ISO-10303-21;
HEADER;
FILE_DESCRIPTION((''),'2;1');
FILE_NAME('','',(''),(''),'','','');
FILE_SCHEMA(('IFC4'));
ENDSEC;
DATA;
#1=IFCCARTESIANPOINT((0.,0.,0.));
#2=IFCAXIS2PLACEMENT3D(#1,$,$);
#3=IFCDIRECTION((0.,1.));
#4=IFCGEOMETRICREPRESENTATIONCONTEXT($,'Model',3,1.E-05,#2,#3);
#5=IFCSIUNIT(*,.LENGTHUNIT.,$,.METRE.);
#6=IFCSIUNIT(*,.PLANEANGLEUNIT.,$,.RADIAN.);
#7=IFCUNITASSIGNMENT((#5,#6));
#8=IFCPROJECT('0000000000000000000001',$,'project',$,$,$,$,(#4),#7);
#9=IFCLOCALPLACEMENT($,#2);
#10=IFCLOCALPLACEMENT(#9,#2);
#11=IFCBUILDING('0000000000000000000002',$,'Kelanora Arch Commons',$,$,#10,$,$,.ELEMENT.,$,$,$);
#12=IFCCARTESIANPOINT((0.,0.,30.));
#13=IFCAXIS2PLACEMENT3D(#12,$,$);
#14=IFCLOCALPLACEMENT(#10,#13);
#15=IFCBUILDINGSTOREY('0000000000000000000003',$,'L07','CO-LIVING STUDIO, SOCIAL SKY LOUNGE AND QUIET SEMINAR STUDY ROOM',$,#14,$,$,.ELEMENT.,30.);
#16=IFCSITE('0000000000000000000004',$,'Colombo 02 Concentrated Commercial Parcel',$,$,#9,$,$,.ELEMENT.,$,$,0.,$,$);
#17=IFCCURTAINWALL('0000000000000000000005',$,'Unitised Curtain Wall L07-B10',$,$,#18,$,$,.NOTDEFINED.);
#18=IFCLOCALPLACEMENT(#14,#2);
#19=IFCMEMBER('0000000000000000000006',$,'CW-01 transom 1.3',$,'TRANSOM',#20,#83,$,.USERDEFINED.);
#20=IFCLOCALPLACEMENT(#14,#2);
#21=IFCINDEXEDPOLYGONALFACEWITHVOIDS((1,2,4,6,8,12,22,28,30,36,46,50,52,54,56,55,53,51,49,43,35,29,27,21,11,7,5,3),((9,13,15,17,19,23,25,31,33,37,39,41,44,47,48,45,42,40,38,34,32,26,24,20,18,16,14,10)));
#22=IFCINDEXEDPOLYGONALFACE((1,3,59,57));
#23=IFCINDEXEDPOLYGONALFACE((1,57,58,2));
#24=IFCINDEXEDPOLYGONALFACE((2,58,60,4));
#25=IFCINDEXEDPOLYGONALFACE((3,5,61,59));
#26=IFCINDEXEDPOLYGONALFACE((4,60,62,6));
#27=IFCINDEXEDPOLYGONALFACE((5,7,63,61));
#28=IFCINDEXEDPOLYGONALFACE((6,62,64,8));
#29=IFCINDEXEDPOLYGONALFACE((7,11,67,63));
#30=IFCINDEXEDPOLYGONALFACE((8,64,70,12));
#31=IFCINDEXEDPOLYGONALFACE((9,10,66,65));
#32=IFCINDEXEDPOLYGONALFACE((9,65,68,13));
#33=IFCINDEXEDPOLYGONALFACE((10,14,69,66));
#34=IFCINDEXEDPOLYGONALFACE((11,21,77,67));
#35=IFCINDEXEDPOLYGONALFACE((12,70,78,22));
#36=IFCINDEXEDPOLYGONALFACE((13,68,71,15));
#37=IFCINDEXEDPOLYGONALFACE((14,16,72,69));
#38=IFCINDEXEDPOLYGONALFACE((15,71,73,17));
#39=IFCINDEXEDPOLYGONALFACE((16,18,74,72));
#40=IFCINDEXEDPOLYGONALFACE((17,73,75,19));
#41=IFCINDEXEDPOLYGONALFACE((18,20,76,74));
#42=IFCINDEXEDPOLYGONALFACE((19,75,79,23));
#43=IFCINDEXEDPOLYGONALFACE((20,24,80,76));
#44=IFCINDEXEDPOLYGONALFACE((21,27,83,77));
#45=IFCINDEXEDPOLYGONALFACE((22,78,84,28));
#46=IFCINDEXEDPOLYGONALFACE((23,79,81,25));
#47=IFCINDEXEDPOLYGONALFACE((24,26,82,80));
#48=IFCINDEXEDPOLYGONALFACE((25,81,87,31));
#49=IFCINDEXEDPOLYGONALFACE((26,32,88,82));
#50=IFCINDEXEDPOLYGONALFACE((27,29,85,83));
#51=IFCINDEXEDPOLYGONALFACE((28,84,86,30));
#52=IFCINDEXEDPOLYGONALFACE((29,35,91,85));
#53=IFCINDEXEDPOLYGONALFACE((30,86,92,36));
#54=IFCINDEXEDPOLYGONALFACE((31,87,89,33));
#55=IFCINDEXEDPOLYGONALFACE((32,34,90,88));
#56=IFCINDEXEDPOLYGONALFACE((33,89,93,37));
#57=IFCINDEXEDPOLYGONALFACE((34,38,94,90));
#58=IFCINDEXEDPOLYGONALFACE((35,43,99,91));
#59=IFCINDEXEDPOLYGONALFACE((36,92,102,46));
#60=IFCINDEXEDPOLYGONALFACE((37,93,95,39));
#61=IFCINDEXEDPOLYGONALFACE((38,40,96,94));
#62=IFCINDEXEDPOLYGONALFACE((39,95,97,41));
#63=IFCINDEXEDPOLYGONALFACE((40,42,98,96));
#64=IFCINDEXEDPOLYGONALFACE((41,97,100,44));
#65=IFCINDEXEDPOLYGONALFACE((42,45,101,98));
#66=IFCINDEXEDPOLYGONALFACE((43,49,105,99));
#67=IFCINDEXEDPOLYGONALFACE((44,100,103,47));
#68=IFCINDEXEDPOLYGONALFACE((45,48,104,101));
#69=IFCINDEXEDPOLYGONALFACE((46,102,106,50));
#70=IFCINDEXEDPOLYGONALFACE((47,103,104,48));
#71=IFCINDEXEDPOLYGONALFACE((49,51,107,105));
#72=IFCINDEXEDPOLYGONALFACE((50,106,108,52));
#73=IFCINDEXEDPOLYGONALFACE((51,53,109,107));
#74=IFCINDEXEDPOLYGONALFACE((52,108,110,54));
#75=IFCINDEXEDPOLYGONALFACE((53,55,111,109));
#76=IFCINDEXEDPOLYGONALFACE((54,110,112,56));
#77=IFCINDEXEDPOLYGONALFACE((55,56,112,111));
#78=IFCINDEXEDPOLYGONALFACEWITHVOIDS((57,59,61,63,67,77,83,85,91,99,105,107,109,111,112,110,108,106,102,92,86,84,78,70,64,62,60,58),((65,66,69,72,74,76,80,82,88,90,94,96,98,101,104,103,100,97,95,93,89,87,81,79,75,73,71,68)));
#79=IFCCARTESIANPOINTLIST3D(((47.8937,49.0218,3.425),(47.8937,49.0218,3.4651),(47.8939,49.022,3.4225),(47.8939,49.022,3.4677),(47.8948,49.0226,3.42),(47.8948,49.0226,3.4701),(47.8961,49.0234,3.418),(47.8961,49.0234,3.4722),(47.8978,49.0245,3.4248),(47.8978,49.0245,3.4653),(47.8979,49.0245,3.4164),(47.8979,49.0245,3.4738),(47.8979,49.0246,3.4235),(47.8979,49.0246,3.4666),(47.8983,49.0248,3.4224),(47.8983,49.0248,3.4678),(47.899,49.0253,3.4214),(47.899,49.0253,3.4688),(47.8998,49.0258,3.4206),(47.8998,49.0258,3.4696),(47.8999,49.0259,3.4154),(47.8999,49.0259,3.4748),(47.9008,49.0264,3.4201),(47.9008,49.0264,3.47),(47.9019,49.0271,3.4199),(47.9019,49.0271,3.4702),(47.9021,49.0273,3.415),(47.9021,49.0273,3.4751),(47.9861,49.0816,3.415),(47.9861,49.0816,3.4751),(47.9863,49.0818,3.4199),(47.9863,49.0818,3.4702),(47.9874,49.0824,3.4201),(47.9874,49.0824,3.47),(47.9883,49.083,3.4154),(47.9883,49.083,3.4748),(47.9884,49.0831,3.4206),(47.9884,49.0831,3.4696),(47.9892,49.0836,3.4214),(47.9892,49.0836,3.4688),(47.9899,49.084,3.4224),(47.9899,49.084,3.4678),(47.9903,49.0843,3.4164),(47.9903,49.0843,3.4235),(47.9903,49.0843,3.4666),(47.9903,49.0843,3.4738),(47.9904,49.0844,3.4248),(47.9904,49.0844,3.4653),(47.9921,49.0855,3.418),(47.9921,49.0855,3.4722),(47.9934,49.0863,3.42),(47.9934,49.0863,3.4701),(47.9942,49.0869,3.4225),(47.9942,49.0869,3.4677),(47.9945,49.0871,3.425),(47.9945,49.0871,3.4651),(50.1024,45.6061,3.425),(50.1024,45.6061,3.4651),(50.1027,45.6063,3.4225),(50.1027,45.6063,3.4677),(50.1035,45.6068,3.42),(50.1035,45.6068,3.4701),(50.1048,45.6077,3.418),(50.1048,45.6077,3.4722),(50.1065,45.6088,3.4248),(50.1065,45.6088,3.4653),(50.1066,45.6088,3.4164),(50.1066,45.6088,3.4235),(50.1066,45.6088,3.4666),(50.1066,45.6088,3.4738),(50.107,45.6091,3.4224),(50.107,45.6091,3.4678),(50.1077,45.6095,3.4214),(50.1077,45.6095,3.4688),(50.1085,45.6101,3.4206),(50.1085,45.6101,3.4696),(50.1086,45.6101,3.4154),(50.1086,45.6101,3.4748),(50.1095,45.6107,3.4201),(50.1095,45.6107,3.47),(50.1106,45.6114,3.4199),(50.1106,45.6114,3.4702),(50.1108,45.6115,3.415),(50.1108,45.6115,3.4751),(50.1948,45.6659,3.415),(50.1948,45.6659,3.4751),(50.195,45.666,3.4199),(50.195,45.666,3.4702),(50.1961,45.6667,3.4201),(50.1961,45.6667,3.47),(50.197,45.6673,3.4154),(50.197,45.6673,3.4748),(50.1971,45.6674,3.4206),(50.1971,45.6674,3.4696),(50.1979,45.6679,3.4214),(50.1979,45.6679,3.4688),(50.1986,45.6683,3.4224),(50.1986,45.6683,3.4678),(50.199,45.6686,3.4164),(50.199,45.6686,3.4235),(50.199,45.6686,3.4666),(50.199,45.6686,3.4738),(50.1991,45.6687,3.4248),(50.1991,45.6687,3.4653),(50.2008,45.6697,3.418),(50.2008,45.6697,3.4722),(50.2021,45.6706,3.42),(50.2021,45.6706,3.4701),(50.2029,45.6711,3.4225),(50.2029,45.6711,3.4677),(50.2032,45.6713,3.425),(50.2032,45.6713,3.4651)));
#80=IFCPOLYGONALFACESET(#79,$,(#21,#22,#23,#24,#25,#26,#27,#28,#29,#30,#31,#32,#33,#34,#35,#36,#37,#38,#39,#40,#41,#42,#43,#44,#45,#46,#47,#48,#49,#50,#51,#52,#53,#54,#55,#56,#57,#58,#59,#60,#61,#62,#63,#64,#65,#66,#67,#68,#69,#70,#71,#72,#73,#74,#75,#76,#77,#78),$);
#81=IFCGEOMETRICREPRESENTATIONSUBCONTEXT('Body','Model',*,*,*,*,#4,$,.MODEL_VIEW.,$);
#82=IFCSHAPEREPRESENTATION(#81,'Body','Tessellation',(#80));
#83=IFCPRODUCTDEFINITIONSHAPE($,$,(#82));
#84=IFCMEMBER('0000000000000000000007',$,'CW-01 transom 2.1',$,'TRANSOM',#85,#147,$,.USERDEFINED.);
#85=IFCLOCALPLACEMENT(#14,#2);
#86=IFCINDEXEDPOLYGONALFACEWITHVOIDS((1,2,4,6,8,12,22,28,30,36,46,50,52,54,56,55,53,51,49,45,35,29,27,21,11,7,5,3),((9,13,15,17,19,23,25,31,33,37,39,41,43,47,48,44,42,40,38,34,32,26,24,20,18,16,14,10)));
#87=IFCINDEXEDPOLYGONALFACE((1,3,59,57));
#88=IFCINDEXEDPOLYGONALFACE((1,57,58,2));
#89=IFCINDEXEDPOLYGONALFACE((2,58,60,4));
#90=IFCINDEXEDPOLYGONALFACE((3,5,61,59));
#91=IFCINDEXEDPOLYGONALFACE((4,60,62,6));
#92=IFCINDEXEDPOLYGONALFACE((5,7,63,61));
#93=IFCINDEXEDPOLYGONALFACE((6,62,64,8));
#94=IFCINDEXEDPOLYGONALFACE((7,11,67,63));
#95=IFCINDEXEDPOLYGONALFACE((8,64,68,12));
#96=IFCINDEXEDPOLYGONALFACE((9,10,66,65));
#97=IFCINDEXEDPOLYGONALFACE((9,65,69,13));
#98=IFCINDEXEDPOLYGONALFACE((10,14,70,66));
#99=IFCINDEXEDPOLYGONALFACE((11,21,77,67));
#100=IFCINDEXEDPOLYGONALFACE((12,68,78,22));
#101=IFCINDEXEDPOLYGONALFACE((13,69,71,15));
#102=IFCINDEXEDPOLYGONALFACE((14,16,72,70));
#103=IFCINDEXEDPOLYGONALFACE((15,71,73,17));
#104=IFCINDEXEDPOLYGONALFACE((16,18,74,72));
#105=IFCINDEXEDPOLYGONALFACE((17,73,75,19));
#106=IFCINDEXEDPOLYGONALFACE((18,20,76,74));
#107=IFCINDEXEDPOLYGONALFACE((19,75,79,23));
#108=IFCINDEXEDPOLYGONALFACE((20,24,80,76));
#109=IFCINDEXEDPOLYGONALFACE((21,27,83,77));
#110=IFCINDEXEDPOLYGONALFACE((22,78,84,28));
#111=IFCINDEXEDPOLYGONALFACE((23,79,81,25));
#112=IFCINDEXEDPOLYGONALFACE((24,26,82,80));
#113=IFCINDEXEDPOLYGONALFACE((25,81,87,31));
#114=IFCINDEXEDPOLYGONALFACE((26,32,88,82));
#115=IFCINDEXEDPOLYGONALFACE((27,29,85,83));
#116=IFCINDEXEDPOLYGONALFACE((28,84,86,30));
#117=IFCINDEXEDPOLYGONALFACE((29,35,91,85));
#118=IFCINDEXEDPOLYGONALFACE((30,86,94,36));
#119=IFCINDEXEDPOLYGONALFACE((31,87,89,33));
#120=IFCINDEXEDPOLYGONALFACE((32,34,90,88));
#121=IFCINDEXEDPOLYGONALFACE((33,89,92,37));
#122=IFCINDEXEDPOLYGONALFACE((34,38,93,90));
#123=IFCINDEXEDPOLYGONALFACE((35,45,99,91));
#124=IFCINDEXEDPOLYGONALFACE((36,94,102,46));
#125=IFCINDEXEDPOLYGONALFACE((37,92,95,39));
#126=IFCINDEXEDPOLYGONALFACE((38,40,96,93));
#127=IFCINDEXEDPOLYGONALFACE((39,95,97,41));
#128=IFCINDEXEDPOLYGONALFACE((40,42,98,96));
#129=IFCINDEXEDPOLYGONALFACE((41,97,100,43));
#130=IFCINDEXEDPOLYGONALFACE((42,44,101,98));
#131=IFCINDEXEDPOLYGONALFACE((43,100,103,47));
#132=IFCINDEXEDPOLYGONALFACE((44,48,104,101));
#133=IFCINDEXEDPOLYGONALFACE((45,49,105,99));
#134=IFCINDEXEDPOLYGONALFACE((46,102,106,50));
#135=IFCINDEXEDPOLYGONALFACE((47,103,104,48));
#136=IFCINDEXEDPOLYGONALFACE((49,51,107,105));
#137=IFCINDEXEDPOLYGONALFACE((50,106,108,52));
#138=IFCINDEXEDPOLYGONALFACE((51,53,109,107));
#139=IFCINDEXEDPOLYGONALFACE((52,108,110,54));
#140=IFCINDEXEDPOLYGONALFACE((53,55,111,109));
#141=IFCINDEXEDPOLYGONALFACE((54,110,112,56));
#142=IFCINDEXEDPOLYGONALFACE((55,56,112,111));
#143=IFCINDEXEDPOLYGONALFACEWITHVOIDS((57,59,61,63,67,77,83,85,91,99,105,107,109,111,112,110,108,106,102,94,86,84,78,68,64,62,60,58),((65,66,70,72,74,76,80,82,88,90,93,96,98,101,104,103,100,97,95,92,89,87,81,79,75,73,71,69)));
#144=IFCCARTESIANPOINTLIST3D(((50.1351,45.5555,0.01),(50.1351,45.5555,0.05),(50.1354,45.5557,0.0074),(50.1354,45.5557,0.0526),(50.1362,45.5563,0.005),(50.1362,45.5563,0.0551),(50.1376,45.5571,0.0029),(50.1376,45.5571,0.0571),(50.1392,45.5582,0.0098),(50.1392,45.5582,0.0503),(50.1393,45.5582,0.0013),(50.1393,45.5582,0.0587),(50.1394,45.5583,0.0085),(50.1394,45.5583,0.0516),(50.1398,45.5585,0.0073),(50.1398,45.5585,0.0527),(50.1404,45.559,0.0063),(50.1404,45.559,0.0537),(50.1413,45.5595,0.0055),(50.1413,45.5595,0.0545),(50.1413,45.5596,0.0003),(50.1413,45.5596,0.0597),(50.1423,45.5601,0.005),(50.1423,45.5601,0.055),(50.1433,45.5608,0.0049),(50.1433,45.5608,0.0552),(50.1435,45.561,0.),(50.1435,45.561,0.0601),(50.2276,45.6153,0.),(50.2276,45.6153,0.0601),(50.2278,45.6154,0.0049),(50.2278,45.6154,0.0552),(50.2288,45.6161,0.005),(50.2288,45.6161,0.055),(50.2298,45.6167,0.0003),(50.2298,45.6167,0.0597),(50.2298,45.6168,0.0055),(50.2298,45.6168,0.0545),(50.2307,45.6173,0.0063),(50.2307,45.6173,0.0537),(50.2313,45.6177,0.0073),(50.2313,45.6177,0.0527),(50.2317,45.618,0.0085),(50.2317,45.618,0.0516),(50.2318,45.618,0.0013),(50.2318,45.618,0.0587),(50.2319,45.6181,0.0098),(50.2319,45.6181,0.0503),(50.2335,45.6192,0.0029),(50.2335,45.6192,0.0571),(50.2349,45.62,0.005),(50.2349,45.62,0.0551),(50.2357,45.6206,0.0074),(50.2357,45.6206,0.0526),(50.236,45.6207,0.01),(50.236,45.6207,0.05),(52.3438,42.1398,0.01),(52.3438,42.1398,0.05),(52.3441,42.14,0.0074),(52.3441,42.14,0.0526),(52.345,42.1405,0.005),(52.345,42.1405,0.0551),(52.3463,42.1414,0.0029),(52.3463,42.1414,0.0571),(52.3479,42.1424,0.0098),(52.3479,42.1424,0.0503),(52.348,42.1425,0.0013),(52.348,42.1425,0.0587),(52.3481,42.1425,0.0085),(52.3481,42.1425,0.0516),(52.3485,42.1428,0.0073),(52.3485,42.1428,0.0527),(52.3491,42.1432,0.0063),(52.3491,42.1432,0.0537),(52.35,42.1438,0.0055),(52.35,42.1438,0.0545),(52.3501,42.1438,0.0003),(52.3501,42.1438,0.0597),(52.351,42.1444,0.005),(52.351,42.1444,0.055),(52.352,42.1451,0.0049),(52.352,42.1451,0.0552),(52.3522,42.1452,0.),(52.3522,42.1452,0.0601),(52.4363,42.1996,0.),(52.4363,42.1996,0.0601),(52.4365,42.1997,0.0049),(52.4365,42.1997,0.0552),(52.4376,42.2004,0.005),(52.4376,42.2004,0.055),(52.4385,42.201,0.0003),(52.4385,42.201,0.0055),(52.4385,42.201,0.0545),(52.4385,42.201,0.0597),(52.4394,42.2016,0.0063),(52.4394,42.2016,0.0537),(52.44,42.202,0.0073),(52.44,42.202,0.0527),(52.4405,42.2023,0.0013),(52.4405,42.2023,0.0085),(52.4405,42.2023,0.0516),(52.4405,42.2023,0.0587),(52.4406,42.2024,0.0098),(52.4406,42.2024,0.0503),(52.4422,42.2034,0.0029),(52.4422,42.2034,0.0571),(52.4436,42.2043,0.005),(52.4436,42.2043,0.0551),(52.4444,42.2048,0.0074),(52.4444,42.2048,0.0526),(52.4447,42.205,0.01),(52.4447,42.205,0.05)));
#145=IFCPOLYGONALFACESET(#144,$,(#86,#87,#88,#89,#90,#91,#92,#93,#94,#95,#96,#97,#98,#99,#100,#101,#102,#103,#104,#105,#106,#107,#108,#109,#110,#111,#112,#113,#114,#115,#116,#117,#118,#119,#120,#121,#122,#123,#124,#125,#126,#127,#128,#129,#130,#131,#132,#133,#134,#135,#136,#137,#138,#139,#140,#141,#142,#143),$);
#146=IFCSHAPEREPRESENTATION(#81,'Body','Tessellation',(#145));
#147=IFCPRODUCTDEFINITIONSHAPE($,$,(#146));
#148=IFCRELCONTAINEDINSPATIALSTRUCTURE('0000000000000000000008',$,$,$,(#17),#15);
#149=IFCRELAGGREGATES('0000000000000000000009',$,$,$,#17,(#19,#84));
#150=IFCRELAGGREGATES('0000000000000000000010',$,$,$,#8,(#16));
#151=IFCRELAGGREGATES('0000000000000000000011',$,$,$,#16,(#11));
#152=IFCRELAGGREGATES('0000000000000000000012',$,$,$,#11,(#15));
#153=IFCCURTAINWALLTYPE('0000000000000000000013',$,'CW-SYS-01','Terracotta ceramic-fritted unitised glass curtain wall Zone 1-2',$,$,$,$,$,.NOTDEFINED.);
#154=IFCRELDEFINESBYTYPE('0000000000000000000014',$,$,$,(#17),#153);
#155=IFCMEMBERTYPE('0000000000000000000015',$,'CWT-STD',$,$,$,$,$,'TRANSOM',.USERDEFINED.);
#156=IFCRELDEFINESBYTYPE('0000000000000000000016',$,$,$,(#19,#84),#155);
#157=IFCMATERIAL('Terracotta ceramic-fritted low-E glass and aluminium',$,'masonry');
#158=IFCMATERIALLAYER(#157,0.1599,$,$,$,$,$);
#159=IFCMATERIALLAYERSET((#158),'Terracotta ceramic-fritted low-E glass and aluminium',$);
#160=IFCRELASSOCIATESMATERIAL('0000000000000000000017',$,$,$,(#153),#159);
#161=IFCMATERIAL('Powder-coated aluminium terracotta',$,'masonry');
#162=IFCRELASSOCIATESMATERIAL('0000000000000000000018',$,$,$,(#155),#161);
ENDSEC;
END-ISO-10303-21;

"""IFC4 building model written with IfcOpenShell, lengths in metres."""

from ifc_helpers import new_model, si_unit, direction, frame, origin, origin_2d, place, context, subcontext, project, spatial, hollow_rectangle, extrude, material, layer, layer_set, material_profile, profile_set, type_object, element, aggregate, save


model = new_model("IFC4")

# Units and contexts
model_context = context("Model", 3, precision=1e-05, world=origin(), true_north=direction((0.0, 1.0)))
body_context = subcontext(model_context, "Body", "Model", "MODEL_VIEW")
ifc_project = project(units=[si_unit("LENGTHUNIT", "METRE"), si_unit("PLANEANGLEUNIT", "RADIAN")], contexts=[model_context])

# Site, building, storey
site_placement = place(None, origin())
site = spatial("IfcSite", under=ifc_project, at=site_placement, Name="Colombo 02 Concentrated Commercial Parcel", CompositionType="ELEMENT", RefElevation=0.0)
building_placement = place(site_placement, origin())
building = spatial("IfcBuilding", under=site, at=building_placement, Name="Kelanora Arch Commons", CompositionType="ELEMENT")
storey_placement = place(building_placement, frame((0.0, 0.0, 30.0)))
storey = spatial("IfcBuildingStorey", under=building, at=storey_placement, Name="L07", Description="CO-LIVING STUDIO, SOCIAL SKY LOUNGE AND QUIET SEMINAR STUDY ROOM", CompositionType="ELEMENT", Elevation=30.0)

# Shared definitions
ifc_material_1 = material(Name="Terracotta ceramic-fritted low-E glass and aluminium", Category="masonry")
ifc_layer_1 = layer(ifc_material_1, 0.1599)
ifc_layer_set_1 = layer_set([ifc_layer_1], Name="Terracotta ceramic-fritted low-E glass and aluminium")
curtain_wall_type = type_object("IfcCurtainWallType", Name="CW-SYS-01", Description="Terracotta ceramic-fritted unitised glass curtain wall Zone 1-2", PredefinedType="NOTDEFINED", material=ifc_layer_set_1)
ifc_material_2 = material(Name="Powder-coated aluminium terracotta", Category="masonry")

# Curtain wall, members
curtain_wall_1_placement = place(storey_placement, origin())
curtain_wall_1 = element("IfcCurtainWall", 1, at=curtain_wall_1_placement, inside=storey, type_object=curtain_wall_type, Name="Unitised Curtain Wall L07-B10", PredefinedType="NOTDEFINED")
ifc_material_profile_1 = material_profile(ifc_material_2, hollow_rectangle(XDim=0.1201, YDim=0.0601, WallThickness=0.0049, InnerFilletRadius=0.0049, OuterFilletRadius=0.01, at=origin_2d()), Name="CWT120x60")
ifc_profile_set_1 = profile_set([ifc_material_profile_1], Name="Powder-coated aluminium terracotta")
member_type_1 = type_object("IfcMemberType", Name="CWT-STD", ElementType="TRANSOM", PredefinedType="USERDEFINED", material=ifc_profile_set_1)
member_1_placement = place(storey_placement, frame((47.9441, 49.0544, 3.4451), z_axis=(0.542997, -0.839734, 0.0), x_axis=(0.839734, 0.542997, 0.0)))
member_1 = element("IfcMember", 2, at=member_1_placement, type_object=member_type_1, Name="CW-01 transom 1.3", ObjectType="TRANSOM", PredefinedType="USERDEFINED", context=body_context, shape_type="SweptSolid", body=[
    extrude(hollow_rectangle(XDim=0.1201, YDim=0.0601, WallThickness=0.0049, InnerFilletRadius=0.0049, OuterFilletRadius=0.01, at=origin_2d()), origin(), (0.0, 0.0, 1.0), 4.0676),
])
member_2_placement = place(storey_placement, frame((50.1855, 45.5881, 0.03), z_axis=(0.542997, -0.839734, 0.0), x_axis=(0.839734, 0.542997, 0.0)))
member_2 = element("IfcMember", 3, at=member_2_placement, type_object=member_type_1, Name="CW-01 transom 2.1", ObjectType="TRANSOM", PredefinedType="USERDEFINED", context=body_context, shape_type="SweptSolid", body=[
    extrude(hollow_rectangle(XDim=0.1201, YDim=0.0601, WallThickness=0.0049, InnerFilletRadius=0.0049, OuterFilletRadius=0.01, at=origin_2d()), origin(), (0.0, 0.0, 1.0), 4.0676),
])

aggregate(curtain_wall_1, [member_1, member_2])

save(model, "model.ifc")
